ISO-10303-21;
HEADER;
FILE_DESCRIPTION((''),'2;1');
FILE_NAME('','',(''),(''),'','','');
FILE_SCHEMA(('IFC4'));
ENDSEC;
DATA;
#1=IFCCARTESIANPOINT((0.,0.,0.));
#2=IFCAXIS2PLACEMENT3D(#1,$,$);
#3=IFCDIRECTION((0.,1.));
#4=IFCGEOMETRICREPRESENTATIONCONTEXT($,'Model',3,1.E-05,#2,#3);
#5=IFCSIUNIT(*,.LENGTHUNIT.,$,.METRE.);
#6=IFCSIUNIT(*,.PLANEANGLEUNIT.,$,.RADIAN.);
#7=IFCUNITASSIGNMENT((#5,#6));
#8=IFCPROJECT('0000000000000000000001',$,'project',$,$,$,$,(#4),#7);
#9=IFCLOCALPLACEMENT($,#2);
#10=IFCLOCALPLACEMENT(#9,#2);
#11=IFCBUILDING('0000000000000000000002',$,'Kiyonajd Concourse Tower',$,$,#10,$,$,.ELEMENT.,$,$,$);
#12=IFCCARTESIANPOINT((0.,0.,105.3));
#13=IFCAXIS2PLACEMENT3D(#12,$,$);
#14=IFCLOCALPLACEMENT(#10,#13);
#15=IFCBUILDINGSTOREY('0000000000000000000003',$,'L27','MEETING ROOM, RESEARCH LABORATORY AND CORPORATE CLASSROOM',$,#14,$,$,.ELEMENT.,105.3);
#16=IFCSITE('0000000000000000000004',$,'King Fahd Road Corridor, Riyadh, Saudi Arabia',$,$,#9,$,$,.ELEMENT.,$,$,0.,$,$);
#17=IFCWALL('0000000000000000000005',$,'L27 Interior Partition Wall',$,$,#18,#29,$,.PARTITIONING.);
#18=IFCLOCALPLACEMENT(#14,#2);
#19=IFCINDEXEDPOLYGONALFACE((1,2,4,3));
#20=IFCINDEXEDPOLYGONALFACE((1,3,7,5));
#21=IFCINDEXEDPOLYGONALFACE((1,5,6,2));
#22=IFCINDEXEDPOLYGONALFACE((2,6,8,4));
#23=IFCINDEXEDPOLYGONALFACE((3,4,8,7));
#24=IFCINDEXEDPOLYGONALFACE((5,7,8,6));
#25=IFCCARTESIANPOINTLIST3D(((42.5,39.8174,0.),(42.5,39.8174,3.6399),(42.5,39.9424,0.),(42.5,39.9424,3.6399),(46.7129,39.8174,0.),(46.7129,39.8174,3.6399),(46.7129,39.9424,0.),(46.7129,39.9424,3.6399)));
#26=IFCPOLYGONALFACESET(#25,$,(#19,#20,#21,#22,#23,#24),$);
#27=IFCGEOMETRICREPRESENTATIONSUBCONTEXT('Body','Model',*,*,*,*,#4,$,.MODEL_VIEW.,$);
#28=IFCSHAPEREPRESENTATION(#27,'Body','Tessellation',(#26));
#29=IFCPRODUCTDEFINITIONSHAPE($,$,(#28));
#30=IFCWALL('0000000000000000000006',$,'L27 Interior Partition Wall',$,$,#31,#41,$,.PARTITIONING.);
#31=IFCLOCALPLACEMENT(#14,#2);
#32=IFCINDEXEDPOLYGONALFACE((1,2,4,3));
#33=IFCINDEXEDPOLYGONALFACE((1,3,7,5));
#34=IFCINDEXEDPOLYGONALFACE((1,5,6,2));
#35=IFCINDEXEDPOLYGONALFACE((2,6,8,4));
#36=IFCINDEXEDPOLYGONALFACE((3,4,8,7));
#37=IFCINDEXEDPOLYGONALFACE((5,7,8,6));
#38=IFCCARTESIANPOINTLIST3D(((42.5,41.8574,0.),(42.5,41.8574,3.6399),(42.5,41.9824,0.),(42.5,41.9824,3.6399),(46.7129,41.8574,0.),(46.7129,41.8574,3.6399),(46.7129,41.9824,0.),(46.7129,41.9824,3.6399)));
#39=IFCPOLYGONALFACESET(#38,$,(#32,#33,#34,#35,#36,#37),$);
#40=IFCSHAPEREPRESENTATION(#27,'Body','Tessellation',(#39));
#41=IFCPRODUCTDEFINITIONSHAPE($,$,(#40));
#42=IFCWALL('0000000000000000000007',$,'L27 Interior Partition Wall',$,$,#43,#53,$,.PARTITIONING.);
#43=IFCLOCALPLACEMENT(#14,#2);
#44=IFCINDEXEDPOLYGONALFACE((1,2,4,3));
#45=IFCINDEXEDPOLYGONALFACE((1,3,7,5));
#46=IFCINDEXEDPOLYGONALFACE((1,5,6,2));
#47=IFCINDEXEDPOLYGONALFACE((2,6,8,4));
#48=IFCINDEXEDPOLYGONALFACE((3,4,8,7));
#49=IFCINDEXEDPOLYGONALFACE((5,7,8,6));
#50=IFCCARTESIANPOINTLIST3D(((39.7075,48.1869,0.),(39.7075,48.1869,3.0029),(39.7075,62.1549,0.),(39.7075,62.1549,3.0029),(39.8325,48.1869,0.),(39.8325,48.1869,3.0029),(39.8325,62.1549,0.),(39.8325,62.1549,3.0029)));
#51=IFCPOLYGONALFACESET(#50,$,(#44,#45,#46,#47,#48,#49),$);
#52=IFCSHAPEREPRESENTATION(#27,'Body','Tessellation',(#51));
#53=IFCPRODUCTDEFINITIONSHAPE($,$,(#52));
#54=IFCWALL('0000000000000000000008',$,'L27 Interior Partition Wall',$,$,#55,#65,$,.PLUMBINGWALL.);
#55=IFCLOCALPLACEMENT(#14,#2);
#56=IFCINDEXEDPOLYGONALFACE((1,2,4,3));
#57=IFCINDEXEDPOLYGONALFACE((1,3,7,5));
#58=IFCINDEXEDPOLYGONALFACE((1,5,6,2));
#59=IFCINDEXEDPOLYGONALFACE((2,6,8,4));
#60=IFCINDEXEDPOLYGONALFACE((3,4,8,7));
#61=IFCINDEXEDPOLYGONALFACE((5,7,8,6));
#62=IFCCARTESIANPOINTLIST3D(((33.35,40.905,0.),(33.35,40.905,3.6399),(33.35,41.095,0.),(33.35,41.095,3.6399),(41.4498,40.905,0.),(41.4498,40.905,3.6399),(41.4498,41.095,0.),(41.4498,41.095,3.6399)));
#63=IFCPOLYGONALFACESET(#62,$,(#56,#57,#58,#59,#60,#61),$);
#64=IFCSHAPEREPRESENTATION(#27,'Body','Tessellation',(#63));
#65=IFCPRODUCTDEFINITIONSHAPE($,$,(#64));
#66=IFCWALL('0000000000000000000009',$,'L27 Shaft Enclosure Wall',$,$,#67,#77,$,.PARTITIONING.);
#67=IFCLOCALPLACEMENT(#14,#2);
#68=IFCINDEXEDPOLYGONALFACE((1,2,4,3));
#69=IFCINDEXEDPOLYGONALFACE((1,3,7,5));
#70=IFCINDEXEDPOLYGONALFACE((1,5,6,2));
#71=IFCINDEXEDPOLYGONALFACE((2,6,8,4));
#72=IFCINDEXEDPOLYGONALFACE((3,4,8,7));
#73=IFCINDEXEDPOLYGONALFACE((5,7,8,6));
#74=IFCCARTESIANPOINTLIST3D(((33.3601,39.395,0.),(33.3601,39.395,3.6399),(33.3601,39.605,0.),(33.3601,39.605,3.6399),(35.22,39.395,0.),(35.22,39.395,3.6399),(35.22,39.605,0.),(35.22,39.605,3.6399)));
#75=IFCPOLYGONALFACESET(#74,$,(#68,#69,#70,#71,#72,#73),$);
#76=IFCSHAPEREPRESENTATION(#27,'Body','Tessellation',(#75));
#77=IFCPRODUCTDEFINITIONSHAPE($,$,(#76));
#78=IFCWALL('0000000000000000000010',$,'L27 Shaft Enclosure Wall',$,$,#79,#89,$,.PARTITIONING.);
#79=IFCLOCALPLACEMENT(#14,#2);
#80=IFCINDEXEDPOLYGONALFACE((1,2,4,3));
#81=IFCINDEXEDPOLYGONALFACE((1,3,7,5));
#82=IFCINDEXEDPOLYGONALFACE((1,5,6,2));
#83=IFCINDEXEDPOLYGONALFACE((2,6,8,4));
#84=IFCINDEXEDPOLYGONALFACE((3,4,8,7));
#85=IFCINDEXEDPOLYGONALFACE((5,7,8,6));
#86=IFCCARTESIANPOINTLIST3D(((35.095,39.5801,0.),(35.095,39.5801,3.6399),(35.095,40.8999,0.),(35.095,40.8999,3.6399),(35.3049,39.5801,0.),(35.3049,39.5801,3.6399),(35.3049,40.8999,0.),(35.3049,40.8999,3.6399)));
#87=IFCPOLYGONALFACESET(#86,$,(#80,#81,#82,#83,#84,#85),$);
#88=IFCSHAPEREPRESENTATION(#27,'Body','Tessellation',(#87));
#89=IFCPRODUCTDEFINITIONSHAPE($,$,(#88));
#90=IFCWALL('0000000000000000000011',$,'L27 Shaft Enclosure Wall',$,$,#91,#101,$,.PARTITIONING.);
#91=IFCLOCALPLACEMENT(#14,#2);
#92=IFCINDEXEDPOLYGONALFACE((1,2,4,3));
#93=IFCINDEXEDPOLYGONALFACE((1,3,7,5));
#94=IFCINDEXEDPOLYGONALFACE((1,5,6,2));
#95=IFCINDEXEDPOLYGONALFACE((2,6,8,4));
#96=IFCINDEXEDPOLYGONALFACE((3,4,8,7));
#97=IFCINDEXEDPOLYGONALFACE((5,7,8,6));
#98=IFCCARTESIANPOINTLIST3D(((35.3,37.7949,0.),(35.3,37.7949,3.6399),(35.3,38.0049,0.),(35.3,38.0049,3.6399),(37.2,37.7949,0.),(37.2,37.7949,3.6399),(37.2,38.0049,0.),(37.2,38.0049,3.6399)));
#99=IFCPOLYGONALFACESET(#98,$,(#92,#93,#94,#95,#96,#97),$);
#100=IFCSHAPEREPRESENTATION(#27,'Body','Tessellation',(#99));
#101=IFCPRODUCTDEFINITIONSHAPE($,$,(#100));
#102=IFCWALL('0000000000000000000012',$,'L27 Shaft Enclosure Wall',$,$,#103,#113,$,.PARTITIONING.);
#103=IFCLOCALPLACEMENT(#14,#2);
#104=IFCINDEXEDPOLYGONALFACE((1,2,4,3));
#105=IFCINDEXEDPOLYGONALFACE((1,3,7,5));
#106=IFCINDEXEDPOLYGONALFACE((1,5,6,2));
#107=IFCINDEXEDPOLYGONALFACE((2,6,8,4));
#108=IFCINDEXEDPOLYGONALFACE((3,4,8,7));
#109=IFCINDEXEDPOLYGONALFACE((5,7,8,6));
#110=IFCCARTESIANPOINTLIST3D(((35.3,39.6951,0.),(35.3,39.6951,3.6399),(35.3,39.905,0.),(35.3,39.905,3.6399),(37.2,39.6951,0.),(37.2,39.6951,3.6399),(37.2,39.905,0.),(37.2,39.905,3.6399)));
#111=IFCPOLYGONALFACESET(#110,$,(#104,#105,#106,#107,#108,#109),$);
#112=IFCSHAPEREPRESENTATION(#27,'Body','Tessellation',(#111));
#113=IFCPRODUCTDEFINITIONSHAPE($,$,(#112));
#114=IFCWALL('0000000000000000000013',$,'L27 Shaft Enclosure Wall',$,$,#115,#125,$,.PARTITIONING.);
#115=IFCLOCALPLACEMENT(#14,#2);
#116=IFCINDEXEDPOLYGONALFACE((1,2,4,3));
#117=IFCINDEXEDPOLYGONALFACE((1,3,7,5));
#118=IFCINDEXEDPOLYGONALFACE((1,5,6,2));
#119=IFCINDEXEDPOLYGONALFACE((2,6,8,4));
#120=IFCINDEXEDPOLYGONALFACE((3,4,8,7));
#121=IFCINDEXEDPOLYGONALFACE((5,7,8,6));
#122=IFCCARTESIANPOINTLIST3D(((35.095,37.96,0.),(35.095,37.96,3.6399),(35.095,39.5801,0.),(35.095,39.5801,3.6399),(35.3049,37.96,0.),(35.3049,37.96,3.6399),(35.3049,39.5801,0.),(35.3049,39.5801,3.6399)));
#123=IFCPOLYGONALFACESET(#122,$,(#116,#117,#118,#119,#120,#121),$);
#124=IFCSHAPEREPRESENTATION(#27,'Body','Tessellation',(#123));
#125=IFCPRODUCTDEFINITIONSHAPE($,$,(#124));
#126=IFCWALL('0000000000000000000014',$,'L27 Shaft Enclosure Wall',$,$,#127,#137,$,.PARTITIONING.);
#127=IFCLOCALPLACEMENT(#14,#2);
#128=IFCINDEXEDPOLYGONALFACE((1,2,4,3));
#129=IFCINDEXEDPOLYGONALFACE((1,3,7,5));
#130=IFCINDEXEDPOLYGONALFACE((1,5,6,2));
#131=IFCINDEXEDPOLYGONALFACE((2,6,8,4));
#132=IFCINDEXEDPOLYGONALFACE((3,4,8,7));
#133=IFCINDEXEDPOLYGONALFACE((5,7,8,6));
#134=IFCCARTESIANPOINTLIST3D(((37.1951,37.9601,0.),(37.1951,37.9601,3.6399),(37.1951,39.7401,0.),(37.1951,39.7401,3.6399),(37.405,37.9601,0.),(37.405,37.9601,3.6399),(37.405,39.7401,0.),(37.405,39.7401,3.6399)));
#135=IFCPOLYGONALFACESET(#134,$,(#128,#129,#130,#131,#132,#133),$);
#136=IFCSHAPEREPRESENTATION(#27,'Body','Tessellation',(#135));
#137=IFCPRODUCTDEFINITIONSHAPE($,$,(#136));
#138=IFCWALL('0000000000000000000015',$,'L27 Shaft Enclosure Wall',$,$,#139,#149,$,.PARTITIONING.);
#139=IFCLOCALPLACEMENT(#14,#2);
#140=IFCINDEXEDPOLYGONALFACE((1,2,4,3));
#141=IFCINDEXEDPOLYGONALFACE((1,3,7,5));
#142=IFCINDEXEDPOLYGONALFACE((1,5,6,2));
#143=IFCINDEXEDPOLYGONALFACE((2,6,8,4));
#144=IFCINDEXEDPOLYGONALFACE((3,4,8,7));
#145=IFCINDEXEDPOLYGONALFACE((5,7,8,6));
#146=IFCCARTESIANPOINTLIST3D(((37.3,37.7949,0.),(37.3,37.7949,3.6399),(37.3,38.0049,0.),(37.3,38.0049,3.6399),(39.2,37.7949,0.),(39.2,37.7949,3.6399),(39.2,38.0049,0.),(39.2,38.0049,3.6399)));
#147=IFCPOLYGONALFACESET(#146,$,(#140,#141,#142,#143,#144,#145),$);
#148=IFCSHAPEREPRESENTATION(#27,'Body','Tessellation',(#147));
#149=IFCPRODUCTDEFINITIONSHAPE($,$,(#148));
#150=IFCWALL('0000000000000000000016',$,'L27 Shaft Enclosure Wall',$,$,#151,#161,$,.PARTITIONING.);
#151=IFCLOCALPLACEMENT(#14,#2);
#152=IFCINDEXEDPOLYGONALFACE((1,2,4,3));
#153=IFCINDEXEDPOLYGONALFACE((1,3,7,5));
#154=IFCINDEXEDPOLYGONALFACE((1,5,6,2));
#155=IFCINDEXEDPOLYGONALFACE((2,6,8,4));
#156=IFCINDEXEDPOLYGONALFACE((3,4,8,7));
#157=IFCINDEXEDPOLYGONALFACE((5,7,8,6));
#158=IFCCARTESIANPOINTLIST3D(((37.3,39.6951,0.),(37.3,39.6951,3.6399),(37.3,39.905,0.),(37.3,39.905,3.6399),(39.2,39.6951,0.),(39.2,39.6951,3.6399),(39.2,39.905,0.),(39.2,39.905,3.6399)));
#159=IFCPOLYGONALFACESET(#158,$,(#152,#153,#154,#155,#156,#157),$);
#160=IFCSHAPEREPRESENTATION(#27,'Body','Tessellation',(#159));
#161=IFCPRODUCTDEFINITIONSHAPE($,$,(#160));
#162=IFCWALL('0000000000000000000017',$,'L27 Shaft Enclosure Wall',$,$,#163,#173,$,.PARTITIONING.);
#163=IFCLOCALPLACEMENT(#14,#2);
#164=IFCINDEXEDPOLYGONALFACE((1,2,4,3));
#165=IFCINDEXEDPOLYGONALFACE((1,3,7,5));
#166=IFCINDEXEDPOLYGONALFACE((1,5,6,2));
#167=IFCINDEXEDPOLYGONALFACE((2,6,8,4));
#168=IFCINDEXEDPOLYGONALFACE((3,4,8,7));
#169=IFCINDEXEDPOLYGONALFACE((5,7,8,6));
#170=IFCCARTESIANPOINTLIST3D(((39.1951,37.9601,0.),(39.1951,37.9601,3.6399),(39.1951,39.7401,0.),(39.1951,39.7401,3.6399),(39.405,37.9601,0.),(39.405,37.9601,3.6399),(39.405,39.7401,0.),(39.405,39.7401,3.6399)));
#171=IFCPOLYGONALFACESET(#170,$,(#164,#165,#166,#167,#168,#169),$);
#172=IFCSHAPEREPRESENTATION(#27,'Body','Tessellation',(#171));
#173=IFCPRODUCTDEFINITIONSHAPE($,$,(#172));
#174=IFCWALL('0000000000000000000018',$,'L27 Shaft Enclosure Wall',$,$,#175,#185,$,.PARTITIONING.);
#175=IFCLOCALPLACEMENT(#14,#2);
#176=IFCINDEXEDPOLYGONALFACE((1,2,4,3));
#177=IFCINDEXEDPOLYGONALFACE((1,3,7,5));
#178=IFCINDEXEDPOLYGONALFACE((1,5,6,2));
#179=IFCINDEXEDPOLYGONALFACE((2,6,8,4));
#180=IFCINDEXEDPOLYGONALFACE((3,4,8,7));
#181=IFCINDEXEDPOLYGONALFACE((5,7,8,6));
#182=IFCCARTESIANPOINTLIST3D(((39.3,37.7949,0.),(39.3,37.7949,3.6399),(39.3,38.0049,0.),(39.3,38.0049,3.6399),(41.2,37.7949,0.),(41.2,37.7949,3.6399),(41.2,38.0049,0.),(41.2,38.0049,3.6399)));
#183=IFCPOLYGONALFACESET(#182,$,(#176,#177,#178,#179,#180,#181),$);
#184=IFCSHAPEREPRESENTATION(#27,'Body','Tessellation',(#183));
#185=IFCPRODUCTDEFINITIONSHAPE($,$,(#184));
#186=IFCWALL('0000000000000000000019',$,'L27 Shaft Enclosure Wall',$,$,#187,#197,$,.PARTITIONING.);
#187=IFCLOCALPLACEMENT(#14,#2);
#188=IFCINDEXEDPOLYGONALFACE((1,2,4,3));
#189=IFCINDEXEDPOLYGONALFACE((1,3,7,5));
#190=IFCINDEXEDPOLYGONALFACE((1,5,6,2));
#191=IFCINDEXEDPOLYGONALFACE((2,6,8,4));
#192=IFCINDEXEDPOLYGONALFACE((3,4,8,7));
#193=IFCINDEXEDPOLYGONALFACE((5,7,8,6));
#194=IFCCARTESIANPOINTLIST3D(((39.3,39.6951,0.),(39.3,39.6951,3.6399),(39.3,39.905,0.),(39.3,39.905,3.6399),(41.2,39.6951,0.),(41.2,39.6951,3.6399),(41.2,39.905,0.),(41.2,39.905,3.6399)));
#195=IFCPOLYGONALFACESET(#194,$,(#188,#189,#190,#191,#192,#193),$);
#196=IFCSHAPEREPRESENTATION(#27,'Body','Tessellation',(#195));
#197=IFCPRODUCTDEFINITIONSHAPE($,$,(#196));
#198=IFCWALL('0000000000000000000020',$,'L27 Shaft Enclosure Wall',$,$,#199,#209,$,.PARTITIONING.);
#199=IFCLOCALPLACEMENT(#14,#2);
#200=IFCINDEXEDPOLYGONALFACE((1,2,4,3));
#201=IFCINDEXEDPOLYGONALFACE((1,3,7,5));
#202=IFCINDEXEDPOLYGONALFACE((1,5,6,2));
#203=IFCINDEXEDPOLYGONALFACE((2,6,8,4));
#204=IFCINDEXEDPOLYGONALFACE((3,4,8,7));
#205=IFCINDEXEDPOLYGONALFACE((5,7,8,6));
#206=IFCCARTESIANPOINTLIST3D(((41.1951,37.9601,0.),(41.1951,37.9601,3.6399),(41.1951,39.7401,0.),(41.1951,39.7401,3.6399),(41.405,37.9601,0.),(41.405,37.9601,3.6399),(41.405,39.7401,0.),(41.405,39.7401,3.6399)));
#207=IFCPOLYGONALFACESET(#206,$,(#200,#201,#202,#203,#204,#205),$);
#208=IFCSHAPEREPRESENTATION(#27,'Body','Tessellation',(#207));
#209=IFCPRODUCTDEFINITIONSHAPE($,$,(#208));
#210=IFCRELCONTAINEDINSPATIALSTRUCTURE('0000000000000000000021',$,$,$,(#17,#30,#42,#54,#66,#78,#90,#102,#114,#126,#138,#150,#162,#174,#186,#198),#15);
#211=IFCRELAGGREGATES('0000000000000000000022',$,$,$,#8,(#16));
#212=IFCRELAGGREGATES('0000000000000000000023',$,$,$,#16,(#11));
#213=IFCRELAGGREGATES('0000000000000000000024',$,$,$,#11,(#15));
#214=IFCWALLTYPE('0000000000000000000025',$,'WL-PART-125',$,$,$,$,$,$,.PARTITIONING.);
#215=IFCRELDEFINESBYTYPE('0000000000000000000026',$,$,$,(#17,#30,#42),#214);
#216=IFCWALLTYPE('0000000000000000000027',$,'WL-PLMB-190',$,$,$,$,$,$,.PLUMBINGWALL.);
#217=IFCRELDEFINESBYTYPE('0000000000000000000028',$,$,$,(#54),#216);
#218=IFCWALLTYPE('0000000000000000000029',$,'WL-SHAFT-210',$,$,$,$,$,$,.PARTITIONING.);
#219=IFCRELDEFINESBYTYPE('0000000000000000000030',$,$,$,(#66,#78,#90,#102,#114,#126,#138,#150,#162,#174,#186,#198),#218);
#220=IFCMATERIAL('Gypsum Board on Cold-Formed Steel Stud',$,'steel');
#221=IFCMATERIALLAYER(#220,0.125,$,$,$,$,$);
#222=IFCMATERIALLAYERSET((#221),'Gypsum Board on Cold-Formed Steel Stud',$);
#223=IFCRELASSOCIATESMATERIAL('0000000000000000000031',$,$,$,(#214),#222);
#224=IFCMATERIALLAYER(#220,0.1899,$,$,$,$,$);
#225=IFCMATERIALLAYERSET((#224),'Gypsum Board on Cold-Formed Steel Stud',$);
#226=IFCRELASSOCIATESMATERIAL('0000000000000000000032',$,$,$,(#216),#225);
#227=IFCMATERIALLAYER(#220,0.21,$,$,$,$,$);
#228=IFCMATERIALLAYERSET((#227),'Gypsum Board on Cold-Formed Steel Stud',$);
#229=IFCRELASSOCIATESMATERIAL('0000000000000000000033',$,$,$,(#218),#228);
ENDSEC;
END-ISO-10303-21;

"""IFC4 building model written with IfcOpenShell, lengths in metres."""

from ifc_helpers import new_model, si_unit, direction, frame, frame_2d, origin, place, context, subcontext, project, spatial, rectangle, extrude, material, layer, layer_set, type_object, element, save


model = new_model("IFC4")

# Units and contexts
model_context = context("Model", 3, precision=1e-05, world=origin(), true_north=direction((0.0, 1.0)))
body_context = subcontext(model_context, "Body", "Model", "MODEL_VIEW")
ifc_project = project(units=[si_unit("LENGTHUNIT", "METRE"), si_unit("PLANEANGLEUNIT", "RADIAN")], contexts=[model_context])

# Site, building, storey
site_placement = place(None, origin())
site = spatial("IfcSite", under=ifc_project, at=site_placement, Name="King Fahd Road Corridor, Riyadh, Saudi Arabia", CompositionType="ELEMENT", RefElevation=0.0)
building_placement = place(site_placement, origin())
building = spatial("IfcBuilding", under=site, at=building_placement, Name="Kiyonajd Concourse Tower", CompositionType="ELEMENT")
storey_placement = place(building_placement, frame((0.0, 0.0, 105.3)))
storey = spatial("IfcBuildingStorey", under=building, at=storey_placement, Name="L27", Description="MEETING ROOM, RESEARCH LABORATORY AND CORPORATE CLASSROOM", CompositionType="ELEMENT", Elevation=105.3)

# Walls
ifc_material_1 = material(Name="Gypsum Board on Cold-Formed Steel Stud", Category="steel")
ifc_layer_1 = layer(ifc_material_1, 0.125)
ifc_layer_set_1 = layer_set([ifc_layer_1], Name="Gypsum Board on Cold-Formed Steel Stud")
wall_type_1 = type_object("IfcWallType", Name="WL-PART-125", PredefinedType="PARTITIONING", material=ifc_layer_set_1)
for number, where, z_axis, x_axis, name in (
    (1, (42.5, 39.8799, 0.0), (0.0, 0.0, 1.0), (1.0, 0.0, 0.0), "L27 Interior Partition Wall"),
    (2, (42.5, 41.9199, 0.0), (0.0, 0.0, 1.0), (1.0, 0.0, 0.0), "L27 Interior Partition Wall"),
):
    element("IfcWall", number, at=place(storey_placement, frame(where, z_axis=z_axis, x_axis=x_axis)), inside=storey, type_object=wall_type_1, Name=name, PredefinedType="PARTITIONING", context=body_context, shape_type="SweptSolid", body=[
        extrude(rectangle(XDim=4.2129, YDim=0.125, at=frame_2d((2.1064, 0.0))), origin(), (0.0, 0.0, 1.0), 3.6399),
    ])
wall_1_placement = place(storey_placement, frame((39.77, 48.187, 0.0), z_axis=(0.0, 0.0, 1.0), x_axis=(0.0, 1.0, 0.0)))
element("IfcWall", 3, at=wall_1_placement, inside=storey, type_object=wall_type_1, Name="L27 Interior Partition Wall", PredefinedType="PARTITIONING", context=body_context, shape_type="SweptSolid", body=[
    extrude(rectangle(XDim=13.968, YDim=0.125, at=frame_2d((6.9839, 0.0))), origin(), (0.0, 0.0, 1.0), 3.0029),
])
ifc_layer_2 = layer(ifc_material_1, 0.1899)
ifc_layer_set_2 = layer_set([ifc_layer_2], Name="Gypsum Board on Cold-Formed Steel Stud")
wall_type_2 = type_object("IfcWallType", Name="WL-PLMB-190", PredefinedType="PLUMBINGWALL", material=ifc_layer_set_2)
wall_2_placement = place(storey_placement, frame((33.3501, 41.0, 0.0), z_axis=(0.0, 0.0, 1.0), x_axis=(1.0, 0.0, 0.0)))
element("IfcWall", 4, at=wall_2_placement, inside=storey, type_object=wall_type_2, Name="L27 Interior Partition Wall", PredefinedType="PLUMBINGWALL", context=body_context, shape_type="SweptSolid", body=[
    extrude(rectangle(XDim=8.0999, YDim=0.1899, at=frame_2d((4.0498, 0.0))), origin(), (0.0, 0.0, 1.0), 3.6399),
])
ifc_layer_3 = layer(ifc_material_1, 0.21)
ifc_layer_set_3 = layer_set([ifc_layer_3], Name="Gypsum Board on Cold-Formed Steel Stud")
wall_type_3 = type_object("IfcWallType", Name="WL-SHAFT-210", PredefinedType="PARTITIONING", material=ifc_layer_set_3)
wall_3_placement = place(storey_placement, frame((33.3601, 39.5, 0.0), z_axis=(0.0, 0.0, 1.0), x_axis=(1.0, 0.0, 0.0)))
element("IfcWall", 5, at=wall_3_placement, inside=storey, type_object=wall_type_3, Name="L27 Shaft Enclosure Wall", PredefinedType="PARTITIONING", context=body_context, shape_type="SweptSolid", body=[
    extrude(rectangle(XDim=1.8599, YDim=0.21, at=frame_2d((0.9299, 0.0))), origin(), (0.0, 0.0, 1.0), 3.6399),
])
wall_4_placement = place(storey_placement, frame((35.2, 39.5801, 0.0), z_axis=(0.0, 0.0, 1.0), x_axis=(0.0, 1.0, 0.0)))
element("IfcWall", 6, at=wall_4_placement, inside=storey, type_object=wall_type_3, Name="L27 Shaft Enclosure Wall", PredefinedType="PARTITIONING", context=body_context, shape_type="SweptSolid", body=[
    extrude(rectangle(XDim=1.3198, YDim=0.21, at=frame_2d((0.6599, 0.0))), origin(), (0.0, 0.0, 1.0), 3.6399),
])
for number, where, z_axis, x_axis, name in (
    (7, (35.3, 37.8999, 0.0), (0.0, 0.0, 1.0), (1.0, 0.0, 0.0), "L27 Shaft Enclosure Wall"),
    (8, (35.3, 39.8, 0.0), (0.0, 0.0, 1.0), (1.0, 0.0, 0.0), "L27 Shaft Enclosure Wall"),
):
    element("IfcWall", number, at=place(storey_placement, frame(where, z_axis=z_axis, x_axis=x_axis)), inside=storey, type_object=wall_type_3, Name=name, PredefinedType="PARTITIONING", context=body_context, shape_type="SweptSolid", body=[
        extrude(rectangle(XDim=1.8999, YDim=0.21, at=frame_2d((0.95, 0.0))), origin(), (0.0, 0.0, 1.0), 3.6399),
    ])
wall_5_placement = place(storey_placement, frame((35.2, 37.96, 0.0), z_axis=(0.0, 0.0, 1.0), x_axis=(0.0, 1.0, 0.0)))
element("IfcWall", 9, at=wall_5_placement, inside=storey, type_object=wall_type_3, Name="L27 Shaft Enclosure Wall", PredefinedType="PARTITIONING", context=body_context, shape_type="SweptSolid", body=[
    extrude(rectangle(XDim=1.6201, YDim=0.21, at=frame_2d((0.8101, 0.0))), origin(), (0.0, 0.0, 1.0), 3.6399),
])
wall_6_placement = place(storey_placement, frame((37.3, 37.96, 0.0), z_axis=(0.0, 0.0, 1.0), x_axis=(0.0, 1.0, 0.0)))
element("IfcWall", 10, at=wall_6_placement, inside=storey, type_object=wall_type_3, Name="L27 Shaft Enclosure Wall", PredefinedType="PARTITIONING", context=body_context, shape_type="SweptSolid", body=[
    extrude(rectangle(XDim=1.78, YDim=0.21, at=frame_2d((0.8901, 0.0))), origin(), (0.0, 0.0, 1.0), 3.6399),
])
for number, where, z_axis, x_axis, name in (
    (11, (37.3, 37.8999, 0.0), (0.0, 0.0, 1.0), (1.0, 0.0, 0.0), "L27 Shaft Enclosure Wall"),
    (12, (37.3, 39.8, 0.0), (0.0, 0.0, 1.0), (1.0, 0.0, 0.0), "L27 Shaft Enclosure Wall"),
):
    element("IfcWall", number, at=place(storey_placement, frame(where, z_axis=z_axis, x_axis=x_axis)), inside=storey, type_object=wall_type_3, Name=name, PredefinedType="PARTITIONING", context=body_context, shape_type="SweptSolid", body=[
        extrude(rectangle(XDim=1.8999, YDim=0.21, at=frame_2d((0.95, 0.0))), origin(), (0.0, 0.0, 1.0), 3.6399),
    ])
wall_7_placement = place(storey_placement, frame((39.3, 37.96, 0.0), z_axis=(0.0, 0.0, 1.0), x_axis=(0.0, 1.0, 0.0)))
element("IfcWall", 13, at=wall_7_placement, inside=storey, type_object=wall_type_3, Name="L27 Shaft Enclosure Wall", PredefinedType="PARTITIONING", context=body_context, shape_type="SweptSolid", body=[
    extrude(rectangle(XDim=1.78, YDim=0.21, at=frame_2d((0.8901, 0.0))), origin(), (0.0, 0.0, 1.0), 3.6399),
])
for number, where, z_axis, x_axis, name in (
    (14, (39.3, 37.8999, 0.0), (0.0, 0.0, 1.0), (1.0, 0.0, 0.0), "L27 Shaft Enclosure Wall"),
    (15, (39.3, 39.8, 0.0), (0.0, 0.0, 1.0), (1.0, 0.0, 0.0), "L27 Shaft Enclosure Wall"),
):
    element("IfcWall", number, at=place(storey_placement, frame(where, z_axis=z_axis, x_axis=x_axis)), inside=storey, type_object=wall_type_3, Name=name, PredefinedType="PARTITIONING", context=body_context, shape_type="SweptSolid", body=[
        extrude(rectangle(XDim=1.8999, YDim=0.21, at=frame_2d((0.95, 0.0))), origin(), (0.0, 0.0, 1.0), 3.6399),
    ])
wall_8_placement = place(storey_placement, frame((41.3, 37.96, 0.0), z_axis=(0.0, 0.0, 1.0), x_axis=(0.0, 1.0, 0.0)))
element("IfcWall", 16, at=wall_8_placement, inside=storey, type_object=wall_type_3, Name="L27 Shaft Enclosure Wall", PredefinedType="PARTITIONING", context=body_context, shape_type="SweptSolid", body=[
    extrude(rectangle(XDim=1.78, YDim=0.21, at=frame_2d((0.8901, 0.0))), origin(), (0.0, 0.0, 1.0), 3.6399),
])

save(model, "model.ifc")
